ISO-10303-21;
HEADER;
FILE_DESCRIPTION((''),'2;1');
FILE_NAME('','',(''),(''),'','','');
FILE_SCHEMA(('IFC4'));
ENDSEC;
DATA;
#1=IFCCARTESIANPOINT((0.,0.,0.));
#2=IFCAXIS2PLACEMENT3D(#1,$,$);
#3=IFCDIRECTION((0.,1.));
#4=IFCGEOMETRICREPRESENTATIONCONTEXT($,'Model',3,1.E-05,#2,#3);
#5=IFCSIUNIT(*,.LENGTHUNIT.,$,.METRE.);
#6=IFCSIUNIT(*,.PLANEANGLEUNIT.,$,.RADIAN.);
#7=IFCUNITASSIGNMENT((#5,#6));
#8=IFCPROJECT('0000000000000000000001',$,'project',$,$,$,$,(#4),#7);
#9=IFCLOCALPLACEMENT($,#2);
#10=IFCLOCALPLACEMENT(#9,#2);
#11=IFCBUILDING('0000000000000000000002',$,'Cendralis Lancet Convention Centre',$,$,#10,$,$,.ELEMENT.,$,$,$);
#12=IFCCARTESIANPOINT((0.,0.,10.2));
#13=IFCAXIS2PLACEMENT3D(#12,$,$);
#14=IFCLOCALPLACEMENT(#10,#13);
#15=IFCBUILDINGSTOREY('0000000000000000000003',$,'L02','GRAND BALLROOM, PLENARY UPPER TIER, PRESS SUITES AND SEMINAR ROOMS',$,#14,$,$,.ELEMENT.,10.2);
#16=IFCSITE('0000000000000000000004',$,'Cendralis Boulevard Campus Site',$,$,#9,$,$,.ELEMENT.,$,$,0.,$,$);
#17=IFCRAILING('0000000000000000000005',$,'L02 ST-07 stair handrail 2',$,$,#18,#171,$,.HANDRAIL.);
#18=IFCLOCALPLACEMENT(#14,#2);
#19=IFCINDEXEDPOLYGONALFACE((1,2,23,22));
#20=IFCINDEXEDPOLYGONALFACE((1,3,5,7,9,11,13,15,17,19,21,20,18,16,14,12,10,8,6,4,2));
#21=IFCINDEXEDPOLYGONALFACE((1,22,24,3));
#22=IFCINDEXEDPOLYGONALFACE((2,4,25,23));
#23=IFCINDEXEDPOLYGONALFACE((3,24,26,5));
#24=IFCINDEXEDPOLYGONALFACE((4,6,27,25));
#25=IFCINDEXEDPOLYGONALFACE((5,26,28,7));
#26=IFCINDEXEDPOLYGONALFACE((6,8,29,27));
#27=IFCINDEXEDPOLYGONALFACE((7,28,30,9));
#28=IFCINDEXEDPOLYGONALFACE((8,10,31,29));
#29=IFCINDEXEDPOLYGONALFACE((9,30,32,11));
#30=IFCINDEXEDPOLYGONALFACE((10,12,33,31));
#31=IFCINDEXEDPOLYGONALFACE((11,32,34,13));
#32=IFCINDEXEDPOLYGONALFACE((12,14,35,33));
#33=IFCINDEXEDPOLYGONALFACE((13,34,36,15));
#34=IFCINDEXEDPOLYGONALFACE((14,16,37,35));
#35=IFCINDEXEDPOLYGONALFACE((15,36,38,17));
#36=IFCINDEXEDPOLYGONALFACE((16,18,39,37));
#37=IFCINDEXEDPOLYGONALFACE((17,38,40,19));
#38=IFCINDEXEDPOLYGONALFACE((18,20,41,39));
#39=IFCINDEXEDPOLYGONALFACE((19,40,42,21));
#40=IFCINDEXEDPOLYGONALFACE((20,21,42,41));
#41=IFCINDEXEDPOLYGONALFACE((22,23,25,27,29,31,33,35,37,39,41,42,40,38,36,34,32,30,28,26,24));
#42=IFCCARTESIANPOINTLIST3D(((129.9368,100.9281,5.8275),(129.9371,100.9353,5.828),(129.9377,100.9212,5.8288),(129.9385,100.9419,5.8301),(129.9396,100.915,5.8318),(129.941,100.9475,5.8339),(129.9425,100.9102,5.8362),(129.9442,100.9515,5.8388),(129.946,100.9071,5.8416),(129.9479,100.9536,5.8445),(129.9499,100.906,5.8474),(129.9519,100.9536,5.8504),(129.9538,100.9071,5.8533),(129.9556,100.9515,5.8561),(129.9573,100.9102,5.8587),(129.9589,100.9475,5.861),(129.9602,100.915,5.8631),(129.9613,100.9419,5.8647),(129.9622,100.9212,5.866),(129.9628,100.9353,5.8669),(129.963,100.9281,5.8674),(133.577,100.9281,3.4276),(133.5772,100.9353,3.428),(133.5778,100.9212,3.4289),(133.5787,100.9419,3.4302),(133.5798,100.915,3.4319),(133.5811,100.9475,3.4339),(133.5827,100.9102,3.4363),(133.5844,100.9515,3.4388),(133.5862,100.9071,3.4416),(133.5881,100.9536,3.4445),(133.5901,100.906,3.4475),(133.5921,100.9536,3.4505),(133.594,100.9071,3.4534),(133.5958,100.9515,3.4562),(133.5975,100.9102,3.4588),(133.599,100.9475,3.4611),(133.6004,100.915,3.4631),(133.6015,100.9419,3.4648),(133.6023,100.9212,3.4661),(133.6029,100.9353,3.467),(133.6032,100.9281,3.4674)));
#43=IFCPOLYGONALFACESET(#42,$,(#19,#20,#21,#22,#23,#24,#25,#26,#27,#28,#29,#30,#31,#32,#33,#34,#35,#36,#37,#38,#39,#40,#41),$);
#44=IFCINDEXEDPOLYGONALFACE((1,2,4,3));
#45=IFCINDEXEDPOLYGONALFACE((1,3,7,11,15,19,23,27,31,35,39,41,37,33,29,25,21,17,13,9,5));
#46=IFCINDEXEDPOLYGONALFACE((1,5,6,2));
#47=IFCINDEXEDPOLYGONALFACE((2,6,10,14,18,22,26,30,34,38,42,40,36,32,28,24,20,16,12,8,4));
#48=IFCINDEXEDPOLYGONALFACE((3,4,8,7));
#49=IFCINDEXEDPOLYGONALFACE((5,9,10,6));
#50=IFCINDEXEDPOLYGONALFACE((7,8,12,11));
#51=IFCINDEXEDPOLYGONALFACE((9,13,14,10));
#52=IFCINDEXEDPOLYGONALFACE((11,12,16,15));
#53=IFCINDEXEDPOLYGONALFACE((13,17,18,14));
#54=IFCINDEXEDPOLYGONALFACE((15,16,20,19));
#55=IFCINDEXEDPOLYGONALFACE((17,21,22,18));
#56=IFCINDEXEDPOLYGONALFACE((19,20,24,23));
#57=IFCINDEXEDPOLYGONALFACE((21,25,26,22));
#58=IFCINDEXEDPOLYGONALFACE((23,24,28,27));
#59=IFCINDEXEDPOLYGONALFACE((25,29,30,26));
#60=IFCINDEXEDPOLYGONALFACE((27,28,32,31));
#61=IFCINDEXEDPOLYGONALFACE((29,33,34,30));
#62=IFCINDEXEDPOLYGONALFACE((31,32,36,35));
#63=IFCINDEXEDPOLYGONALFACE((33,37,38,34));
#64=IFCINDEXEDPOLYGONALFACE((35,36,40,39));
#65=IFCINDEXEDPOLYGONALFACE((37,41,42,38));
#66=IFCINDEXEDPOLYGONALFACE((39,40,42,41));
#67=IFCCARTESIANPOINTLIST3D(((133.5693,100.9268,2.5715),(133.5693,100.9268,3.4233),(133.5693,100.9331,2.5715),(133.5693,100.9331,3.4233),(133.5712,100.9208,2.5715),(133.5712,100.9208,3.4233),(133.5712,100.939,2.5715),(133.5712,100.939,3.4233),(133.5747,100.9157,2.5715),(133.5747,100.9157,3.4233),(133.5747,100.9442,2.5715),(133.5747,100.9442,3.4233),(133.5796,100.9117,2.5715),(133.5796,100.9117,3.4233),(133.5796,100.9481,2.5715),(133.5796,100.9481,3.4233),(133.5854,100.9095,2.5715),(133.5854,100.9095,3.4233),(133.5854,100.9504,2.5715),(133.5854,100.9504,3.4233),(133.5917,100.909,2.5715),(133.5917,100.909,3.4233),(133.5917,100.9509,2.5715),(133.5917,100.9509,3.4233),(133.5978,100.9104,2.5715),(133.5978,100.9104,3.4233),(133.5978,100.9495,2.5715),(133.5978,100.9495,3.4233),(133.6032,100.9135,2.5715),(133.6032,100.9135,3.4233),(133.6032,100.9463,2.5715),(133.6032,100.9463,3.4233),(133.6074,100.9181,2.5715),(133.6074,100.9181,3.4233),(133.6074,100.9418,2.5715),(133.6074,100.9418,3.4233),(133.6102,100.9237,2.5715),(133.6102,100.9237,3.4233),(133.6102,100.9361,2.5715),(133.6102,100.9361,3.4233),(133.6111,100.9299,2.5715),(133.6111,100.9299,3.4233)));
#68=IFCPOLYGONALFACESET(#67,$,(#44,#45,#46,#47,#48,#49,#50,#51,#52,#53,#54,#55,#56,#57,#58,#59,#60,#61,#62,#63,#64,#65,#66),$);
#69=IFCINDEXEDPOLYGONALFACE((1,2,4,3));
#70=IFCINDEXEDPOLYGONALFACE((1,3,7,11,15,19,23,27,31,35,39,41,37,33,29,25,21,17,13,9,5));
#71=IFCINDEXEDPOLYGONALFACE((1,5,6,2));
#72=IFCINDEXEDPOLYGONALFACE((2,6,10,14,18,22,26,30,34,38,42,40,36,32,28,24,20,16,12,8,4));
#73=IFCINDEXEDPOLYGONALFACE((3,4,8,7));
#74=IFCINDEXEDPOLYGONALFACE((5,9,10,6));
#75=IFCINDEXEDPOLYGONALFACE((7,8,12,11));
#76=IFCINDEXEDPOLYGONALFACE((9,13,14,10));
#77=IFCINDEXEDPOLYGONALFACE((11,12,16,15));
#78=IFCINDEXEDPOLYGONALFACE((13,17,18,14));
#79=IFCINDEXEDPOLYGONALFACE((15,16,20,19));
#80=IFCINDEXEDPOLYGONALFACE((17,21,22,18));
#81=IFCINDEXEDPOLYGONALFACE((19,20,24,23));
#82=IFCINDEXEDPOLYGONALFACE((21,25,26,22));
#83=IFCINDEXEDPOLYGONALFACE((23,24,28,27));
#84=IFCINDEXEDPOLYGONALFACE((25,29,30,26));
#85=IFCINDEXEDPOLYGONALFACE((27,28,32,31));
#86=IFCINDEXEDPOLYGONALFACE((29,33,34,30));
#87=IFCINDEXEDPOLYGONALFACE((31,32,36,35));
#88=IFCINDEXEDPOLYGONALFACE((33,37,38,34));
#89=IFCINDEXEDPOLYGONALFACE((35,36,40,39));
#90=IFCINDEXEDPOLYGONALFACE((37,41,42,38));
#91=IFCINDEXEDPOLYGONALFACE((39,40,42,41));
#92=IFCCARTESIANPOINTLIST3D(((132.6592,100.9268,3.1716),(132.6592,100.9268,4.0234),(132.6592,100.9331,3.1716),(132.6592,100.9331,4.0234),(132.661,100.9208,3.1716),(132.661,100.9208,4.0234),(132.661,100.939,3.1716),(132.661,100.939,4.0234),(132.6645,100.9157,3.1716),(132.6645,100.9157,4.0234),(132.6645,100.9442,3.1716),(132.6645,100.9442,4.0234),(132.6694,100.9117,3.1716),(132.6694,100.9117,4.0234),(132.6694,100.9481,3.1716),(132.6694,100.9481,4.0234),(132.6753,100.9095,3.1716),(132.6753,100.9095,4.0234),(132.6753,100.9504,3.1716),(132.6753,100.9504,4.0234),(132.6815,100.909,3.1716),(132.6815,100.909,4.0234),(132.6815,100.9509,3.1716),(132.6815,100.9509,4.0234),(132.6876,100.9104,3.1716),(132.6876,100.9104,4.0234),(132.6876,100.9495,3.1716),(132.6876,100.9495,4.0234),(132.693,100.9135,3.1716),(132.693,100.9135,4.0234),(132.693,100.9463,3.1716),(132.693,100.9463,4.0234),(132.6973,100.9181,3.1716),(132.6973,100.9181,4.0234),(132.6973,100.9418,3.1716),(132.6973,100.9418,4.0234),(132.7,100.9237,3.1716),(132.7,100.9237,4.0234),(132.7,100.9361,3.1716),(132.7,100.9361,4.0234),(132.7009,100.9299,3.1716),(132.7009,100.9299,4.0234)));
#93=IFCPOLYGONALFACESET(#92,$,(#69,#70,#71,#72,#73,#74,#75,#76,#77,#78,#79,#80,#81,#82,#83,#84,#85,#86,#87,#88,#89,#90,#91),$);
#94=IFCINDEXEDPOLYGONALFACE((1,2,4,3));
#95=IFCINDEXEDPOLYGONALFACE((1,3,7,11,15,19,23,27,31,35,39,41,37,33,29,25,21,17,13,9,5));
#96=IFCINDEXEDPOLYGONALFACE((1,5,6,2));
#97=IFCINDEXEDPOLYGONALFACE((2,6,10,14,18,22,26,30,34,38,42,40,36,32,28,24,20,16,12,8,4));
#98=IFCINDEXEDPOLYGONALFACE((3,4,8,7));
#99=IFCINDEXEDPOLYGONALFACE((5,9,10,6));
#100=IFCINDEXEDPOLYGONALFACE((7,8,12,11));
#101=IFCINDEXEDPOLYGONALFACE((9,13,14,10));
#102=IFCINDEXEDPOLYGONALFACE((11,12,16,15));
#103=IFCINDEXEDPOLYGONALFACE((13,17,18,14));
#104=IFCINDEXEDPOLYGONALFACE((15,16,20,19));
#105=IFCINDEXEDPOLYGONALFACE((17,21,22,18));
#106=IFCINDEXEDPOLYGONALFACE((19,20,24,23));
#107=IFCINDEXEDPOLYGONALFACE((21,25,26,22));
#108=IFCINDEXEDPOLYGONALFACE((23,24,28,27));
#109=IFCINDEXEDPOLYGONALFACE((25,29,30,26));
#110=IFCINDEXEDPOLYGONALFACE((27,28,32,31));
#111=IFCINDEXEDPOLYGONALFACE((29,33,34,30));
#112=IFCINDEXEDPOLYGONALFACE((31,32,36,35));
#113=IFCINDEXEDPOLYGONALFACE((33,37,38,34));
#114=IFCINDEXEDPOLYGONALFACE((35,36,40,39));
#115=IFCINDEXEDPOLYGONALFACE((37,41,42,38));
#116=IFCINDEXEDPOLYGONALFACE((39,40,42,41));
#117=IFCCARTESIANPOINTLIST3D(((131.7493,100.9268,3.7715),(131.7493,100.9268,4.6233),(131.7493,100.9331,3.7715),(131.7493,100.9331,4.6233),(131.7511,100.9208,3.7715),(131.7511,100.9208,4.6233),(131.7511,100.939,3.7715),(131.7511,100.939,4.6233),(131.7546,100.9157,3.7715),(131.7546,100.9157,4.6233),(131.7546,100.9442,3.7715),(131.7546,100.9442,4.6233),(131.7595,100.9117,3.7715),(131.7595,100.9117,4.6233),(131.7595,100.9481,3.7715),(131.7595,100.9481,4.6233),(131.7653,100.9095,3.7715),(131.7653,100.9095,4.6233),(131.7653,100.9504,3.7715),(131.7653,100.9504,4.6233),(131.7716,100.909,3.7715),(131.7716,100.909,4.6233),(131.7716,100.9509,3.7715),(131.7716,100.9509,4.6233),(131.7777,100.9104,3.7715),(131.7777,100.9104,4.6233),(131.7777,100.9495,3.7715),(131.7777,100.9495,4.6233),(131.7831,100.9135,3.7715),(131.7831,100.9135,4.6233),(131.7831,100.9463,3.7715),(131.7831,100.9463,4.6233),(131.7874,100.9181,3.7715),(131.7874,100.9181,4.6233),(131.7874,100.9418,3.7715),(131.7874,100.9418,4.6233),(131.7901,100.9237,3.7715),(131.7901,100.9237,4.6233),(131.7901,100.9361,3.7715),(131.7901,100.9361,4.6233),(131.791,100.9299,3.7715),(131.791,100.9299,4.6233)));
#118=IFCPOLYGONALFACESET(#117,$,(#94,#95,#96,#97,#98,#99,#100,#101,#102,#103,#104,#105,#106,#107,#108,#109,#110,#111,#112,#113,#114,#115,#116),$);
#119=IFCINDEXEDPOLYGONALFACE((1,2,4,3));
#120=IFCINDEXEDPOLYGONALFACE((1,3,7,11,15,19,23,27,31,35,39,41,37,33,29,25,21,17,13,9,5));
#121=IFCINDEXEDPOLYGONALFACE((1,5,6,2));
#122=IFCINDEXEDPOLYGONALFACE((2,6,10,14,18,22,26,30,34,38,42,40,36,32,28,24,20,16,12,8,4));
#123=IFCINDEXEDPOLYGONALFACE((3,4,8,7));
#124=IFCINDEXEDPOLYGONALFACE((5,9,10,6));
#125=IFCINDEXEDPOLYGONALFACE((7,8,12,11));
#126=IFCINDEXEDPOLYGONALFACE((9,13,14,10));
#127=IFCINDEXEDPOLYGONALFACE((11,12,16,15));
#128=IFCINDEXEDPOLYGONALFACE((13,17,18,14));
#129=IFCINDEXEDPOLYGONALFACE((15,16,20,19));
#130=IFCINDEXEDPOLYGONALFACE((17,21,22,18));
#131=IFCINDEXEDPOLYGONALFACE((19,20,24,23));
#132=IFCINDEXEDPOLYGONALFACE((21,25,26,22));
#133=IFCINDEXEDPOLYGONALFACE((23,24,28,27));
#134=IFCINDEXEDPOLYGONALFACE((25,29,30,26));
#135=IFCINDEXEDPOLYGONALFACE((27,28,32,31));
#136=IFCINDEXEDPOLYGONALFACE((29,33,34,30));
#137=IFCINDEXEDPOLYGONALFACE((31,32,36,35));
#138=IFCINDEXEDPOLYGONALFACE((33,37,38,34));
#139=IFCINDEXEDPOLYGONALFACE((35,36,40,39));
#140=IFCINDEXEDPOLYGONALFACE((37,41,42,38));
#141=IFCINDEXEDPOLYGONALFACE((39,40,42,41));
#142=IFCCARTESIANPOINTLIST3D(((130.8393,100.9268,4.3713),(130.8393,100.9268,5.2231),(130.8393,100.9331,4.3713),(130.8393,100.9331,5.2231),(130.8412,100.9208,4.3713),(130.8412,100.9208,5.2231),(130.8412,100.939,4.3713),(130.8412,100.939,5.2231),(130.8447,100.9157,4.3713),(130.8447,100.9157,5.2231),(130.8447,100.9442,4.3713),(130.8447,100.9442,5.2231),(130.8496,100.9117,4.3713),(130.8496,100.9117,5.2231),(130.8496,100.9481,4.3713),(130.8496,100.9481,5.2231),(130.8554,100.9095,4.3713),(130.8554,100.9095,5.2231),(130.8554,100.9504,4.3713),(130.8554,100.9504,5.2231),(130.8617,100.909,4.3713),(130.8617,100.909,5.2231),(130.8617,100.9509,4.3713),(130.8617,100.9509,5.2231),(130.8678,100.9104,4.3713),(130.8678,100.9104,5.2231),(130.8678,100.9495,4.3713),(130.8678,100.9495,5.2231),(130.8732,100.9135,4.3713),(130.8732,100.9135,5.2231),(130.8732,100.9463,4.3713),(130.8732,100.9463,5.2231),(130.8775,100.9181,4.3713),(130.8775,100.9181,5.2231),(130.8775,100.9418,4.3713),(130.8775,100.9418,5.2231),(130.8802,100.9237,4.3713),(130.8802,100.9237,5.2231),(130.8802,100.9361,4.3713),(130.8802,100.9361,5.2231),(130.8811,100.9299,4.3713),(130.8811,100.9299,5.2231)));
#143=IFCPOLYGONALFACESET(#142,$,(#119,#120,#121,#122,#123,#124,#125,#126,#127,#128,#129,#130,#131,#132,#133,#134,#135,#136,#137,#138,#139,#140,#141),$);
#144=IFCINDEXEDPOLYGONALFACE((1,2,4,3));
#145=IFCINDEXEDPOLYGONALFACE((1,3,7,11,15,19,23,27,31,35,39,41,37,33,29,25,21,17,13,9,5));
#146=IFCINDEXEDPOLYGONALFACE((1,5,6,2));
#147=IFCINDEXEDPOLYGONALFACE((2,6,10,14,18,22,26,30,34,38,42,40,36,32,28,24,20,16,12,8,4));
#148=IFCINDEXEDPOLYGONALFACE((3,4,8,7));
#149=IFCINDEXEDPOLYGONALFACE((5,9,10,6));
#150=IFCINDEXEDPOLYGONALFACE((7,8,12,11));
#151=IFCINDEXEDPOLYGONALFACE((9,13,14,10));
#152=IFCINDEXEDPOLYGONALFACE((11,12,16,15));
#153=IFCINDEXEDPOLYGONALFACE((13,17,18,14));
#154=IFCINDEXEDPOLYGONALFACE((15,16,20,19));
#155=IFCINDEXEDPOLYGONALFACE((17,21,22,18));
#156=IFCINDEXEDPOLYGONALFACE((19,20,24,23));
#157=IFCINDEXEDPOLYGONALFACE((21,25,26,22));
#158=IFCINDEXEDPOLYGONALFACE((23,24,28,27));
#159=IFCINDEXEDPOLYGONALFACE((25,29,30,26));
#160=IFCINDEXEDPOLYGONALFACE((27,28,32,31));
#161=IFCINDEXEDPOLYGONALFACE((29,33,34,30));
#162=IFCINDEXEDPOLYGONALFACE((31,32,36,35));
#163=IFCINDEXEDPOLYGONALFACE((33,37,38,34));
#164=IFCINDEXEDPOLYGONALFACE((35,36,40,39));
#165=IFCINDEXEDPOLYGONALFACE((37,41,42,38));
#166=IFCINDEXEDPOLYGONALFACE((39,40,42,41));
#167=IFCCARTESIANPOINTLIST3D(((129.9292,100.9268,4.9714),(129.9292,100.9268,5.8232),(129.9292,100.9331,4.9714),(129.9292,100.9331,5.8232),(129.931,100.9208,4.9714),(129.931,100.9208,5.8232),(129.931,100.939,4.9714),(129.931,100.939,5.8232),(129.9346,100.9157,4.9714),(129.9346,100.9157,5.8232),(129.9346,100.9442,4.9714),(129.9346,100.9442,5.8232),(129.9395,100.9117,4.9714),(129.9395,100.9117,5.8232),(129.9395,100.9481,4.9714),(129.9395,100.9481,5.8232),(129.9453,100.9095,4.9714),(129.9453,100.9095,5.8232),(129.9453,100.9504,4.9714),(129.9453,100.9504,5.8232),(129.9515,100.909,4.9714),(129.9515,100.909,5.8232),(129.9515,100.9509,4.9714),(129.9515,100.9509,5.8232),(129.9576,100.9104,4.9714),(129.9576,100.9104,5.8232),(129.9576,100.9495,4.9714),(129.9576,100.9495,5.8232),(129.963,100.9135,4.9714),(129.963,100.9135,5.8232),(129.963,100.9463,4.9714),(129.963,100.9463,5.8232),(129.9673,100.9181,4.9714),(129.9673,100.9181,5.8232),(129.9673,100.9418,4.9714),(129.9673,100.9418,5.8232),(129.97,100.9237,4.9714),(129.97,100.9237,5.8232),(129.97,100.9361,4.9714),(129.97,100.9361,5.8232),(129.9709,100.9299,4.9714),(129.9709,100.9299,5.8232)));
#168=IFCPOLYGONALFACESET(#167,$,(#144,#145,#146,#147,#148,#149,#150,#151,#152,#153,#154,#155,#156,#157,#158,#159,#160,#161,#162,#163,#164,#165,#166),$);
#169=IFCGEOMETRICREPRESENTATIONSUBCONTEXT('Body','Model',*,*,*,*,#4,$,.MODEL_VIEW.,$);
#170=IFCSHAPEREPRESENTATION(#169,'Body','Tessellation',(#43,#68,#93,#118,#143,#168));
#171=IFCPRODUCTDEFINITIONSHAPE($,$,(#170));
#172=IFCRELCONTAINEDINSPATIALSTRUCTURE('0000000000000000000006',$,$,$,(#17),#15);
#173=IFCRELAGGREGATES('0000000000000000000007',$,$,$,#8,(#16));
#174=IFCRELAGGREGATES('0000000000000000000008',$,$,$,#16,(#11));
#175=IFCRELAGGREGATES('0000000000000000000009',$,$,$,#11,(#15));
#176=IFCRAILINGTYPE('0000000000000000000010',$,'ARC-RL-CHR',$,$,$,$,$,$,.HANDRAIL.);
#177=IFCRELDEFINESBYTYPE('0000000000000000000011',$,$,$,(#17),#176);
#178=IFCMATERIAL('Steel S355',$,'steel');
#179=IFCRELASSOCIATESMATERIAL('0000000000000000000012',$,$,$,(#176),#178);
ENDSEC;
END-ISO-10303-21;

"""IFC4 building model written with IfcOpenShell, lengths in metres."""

from ifc_helpers import new_model, si_unit, direction, frame, origin, origin_2d, place, context, subcontext, project, spatial, circle, extrude, material, type_object, element, save


model = new_model("IFC4")

# Units and contexts
model_context = context("Model", 3, precision=1e-05, world=origin(), true_north=direction((0.0, 1.0)))
body_context = subcontext(model_context, "Body", "Model", "MODEL_VIEW")
ifc_project = project(units=[si_unit("LENGTHUNIT", "METRE"), si_unit("PLANEANGLEUNIT", "RADIAN")], contexts=[model_context])

# Site, building, storey
site_placement = place(None, origin())
site = spatial("IfcSite", under=ifc_project, at=site_placement, Name="Cendralis Boulevard Campus Site", CompositionType="ELEMENT", RefElevation=0.0)
building_placement = place(site_placement, origin())
building = spatial("IfcBuilding", under=site, at=building_placement, Name="Cendralis Lancet Convention Centre", CompositionType="ELEMENT")
storey_placement = place(building_placement, frame((0.0, 0.0, 10.2)))
storey = spatial("IfcBuildingStorey", under=building, at=storey_placement, Name="L02", Description="GRAND BALLROOM, PLENARY UPPER TIER, PRESS SUITES AND SEMINAR ROOMS", CompositionType="ELEMENT", Elevation=10.2)

# Shared definitions
ifc_material_1 = material(Name="Steel S355", Category="steel")

# Railing
railing_type_1 = type_object("IfcRailingType", Name="ARC-RL-CHR", PredefinedType="HANDRAIL", material=ifc_material_1)
railing_1_placement = place(storey_placement, frame((133.5901, 100.9299, 2.5715)))
element("IfcRailing", 1, at=railing_1_placement, inside=storey, type_object=railing_type_1, Name="L02 ST-07 stair handrail 2", PredefinedType="HANDRAIL", context=body_context, shape_type="SweptSolid", body=[
    extrude(circle(Radius=0.0239, at=origin_2d()), frame((0.0, 0.0, 0.876), z_axis=(-0.834882, 0.0, 0.550429), x_axis=(0.0, -1.0, 0.0)), (0.0, 0.0, 1.0), 4.3601),
    extrude(circle(Radius=0.021, at=origin_2d()), origin(), (0.0, 0.0, 1.0), 0.8518),
    extrude(circle(Radius=0.021, at=origin_2d()), frame((-0.9102, 0.0, 0.6001)), (0.0, 0.0, 1.0), 0.8518),
    extrude(circle(Radius=0.021, at=origin_2d()), frame((-1.8201, 0.0, 1.2)), (0.0, 0.0, 1.0), 0.8518),
    extrude(circle(Radius=0.021, at=origin_2d()), frame((-2.73, 0.0, 1.7998)), (0.0, 0.0, 1.0), 0.8518),
    extrude(circle(Radius=0.021, at=origin_2d()), frame((-3.6401, 0.0, 2.3999)), (0.0, 0.0, 1.0), 0.8518),
])

save(model, "model.ifc")
